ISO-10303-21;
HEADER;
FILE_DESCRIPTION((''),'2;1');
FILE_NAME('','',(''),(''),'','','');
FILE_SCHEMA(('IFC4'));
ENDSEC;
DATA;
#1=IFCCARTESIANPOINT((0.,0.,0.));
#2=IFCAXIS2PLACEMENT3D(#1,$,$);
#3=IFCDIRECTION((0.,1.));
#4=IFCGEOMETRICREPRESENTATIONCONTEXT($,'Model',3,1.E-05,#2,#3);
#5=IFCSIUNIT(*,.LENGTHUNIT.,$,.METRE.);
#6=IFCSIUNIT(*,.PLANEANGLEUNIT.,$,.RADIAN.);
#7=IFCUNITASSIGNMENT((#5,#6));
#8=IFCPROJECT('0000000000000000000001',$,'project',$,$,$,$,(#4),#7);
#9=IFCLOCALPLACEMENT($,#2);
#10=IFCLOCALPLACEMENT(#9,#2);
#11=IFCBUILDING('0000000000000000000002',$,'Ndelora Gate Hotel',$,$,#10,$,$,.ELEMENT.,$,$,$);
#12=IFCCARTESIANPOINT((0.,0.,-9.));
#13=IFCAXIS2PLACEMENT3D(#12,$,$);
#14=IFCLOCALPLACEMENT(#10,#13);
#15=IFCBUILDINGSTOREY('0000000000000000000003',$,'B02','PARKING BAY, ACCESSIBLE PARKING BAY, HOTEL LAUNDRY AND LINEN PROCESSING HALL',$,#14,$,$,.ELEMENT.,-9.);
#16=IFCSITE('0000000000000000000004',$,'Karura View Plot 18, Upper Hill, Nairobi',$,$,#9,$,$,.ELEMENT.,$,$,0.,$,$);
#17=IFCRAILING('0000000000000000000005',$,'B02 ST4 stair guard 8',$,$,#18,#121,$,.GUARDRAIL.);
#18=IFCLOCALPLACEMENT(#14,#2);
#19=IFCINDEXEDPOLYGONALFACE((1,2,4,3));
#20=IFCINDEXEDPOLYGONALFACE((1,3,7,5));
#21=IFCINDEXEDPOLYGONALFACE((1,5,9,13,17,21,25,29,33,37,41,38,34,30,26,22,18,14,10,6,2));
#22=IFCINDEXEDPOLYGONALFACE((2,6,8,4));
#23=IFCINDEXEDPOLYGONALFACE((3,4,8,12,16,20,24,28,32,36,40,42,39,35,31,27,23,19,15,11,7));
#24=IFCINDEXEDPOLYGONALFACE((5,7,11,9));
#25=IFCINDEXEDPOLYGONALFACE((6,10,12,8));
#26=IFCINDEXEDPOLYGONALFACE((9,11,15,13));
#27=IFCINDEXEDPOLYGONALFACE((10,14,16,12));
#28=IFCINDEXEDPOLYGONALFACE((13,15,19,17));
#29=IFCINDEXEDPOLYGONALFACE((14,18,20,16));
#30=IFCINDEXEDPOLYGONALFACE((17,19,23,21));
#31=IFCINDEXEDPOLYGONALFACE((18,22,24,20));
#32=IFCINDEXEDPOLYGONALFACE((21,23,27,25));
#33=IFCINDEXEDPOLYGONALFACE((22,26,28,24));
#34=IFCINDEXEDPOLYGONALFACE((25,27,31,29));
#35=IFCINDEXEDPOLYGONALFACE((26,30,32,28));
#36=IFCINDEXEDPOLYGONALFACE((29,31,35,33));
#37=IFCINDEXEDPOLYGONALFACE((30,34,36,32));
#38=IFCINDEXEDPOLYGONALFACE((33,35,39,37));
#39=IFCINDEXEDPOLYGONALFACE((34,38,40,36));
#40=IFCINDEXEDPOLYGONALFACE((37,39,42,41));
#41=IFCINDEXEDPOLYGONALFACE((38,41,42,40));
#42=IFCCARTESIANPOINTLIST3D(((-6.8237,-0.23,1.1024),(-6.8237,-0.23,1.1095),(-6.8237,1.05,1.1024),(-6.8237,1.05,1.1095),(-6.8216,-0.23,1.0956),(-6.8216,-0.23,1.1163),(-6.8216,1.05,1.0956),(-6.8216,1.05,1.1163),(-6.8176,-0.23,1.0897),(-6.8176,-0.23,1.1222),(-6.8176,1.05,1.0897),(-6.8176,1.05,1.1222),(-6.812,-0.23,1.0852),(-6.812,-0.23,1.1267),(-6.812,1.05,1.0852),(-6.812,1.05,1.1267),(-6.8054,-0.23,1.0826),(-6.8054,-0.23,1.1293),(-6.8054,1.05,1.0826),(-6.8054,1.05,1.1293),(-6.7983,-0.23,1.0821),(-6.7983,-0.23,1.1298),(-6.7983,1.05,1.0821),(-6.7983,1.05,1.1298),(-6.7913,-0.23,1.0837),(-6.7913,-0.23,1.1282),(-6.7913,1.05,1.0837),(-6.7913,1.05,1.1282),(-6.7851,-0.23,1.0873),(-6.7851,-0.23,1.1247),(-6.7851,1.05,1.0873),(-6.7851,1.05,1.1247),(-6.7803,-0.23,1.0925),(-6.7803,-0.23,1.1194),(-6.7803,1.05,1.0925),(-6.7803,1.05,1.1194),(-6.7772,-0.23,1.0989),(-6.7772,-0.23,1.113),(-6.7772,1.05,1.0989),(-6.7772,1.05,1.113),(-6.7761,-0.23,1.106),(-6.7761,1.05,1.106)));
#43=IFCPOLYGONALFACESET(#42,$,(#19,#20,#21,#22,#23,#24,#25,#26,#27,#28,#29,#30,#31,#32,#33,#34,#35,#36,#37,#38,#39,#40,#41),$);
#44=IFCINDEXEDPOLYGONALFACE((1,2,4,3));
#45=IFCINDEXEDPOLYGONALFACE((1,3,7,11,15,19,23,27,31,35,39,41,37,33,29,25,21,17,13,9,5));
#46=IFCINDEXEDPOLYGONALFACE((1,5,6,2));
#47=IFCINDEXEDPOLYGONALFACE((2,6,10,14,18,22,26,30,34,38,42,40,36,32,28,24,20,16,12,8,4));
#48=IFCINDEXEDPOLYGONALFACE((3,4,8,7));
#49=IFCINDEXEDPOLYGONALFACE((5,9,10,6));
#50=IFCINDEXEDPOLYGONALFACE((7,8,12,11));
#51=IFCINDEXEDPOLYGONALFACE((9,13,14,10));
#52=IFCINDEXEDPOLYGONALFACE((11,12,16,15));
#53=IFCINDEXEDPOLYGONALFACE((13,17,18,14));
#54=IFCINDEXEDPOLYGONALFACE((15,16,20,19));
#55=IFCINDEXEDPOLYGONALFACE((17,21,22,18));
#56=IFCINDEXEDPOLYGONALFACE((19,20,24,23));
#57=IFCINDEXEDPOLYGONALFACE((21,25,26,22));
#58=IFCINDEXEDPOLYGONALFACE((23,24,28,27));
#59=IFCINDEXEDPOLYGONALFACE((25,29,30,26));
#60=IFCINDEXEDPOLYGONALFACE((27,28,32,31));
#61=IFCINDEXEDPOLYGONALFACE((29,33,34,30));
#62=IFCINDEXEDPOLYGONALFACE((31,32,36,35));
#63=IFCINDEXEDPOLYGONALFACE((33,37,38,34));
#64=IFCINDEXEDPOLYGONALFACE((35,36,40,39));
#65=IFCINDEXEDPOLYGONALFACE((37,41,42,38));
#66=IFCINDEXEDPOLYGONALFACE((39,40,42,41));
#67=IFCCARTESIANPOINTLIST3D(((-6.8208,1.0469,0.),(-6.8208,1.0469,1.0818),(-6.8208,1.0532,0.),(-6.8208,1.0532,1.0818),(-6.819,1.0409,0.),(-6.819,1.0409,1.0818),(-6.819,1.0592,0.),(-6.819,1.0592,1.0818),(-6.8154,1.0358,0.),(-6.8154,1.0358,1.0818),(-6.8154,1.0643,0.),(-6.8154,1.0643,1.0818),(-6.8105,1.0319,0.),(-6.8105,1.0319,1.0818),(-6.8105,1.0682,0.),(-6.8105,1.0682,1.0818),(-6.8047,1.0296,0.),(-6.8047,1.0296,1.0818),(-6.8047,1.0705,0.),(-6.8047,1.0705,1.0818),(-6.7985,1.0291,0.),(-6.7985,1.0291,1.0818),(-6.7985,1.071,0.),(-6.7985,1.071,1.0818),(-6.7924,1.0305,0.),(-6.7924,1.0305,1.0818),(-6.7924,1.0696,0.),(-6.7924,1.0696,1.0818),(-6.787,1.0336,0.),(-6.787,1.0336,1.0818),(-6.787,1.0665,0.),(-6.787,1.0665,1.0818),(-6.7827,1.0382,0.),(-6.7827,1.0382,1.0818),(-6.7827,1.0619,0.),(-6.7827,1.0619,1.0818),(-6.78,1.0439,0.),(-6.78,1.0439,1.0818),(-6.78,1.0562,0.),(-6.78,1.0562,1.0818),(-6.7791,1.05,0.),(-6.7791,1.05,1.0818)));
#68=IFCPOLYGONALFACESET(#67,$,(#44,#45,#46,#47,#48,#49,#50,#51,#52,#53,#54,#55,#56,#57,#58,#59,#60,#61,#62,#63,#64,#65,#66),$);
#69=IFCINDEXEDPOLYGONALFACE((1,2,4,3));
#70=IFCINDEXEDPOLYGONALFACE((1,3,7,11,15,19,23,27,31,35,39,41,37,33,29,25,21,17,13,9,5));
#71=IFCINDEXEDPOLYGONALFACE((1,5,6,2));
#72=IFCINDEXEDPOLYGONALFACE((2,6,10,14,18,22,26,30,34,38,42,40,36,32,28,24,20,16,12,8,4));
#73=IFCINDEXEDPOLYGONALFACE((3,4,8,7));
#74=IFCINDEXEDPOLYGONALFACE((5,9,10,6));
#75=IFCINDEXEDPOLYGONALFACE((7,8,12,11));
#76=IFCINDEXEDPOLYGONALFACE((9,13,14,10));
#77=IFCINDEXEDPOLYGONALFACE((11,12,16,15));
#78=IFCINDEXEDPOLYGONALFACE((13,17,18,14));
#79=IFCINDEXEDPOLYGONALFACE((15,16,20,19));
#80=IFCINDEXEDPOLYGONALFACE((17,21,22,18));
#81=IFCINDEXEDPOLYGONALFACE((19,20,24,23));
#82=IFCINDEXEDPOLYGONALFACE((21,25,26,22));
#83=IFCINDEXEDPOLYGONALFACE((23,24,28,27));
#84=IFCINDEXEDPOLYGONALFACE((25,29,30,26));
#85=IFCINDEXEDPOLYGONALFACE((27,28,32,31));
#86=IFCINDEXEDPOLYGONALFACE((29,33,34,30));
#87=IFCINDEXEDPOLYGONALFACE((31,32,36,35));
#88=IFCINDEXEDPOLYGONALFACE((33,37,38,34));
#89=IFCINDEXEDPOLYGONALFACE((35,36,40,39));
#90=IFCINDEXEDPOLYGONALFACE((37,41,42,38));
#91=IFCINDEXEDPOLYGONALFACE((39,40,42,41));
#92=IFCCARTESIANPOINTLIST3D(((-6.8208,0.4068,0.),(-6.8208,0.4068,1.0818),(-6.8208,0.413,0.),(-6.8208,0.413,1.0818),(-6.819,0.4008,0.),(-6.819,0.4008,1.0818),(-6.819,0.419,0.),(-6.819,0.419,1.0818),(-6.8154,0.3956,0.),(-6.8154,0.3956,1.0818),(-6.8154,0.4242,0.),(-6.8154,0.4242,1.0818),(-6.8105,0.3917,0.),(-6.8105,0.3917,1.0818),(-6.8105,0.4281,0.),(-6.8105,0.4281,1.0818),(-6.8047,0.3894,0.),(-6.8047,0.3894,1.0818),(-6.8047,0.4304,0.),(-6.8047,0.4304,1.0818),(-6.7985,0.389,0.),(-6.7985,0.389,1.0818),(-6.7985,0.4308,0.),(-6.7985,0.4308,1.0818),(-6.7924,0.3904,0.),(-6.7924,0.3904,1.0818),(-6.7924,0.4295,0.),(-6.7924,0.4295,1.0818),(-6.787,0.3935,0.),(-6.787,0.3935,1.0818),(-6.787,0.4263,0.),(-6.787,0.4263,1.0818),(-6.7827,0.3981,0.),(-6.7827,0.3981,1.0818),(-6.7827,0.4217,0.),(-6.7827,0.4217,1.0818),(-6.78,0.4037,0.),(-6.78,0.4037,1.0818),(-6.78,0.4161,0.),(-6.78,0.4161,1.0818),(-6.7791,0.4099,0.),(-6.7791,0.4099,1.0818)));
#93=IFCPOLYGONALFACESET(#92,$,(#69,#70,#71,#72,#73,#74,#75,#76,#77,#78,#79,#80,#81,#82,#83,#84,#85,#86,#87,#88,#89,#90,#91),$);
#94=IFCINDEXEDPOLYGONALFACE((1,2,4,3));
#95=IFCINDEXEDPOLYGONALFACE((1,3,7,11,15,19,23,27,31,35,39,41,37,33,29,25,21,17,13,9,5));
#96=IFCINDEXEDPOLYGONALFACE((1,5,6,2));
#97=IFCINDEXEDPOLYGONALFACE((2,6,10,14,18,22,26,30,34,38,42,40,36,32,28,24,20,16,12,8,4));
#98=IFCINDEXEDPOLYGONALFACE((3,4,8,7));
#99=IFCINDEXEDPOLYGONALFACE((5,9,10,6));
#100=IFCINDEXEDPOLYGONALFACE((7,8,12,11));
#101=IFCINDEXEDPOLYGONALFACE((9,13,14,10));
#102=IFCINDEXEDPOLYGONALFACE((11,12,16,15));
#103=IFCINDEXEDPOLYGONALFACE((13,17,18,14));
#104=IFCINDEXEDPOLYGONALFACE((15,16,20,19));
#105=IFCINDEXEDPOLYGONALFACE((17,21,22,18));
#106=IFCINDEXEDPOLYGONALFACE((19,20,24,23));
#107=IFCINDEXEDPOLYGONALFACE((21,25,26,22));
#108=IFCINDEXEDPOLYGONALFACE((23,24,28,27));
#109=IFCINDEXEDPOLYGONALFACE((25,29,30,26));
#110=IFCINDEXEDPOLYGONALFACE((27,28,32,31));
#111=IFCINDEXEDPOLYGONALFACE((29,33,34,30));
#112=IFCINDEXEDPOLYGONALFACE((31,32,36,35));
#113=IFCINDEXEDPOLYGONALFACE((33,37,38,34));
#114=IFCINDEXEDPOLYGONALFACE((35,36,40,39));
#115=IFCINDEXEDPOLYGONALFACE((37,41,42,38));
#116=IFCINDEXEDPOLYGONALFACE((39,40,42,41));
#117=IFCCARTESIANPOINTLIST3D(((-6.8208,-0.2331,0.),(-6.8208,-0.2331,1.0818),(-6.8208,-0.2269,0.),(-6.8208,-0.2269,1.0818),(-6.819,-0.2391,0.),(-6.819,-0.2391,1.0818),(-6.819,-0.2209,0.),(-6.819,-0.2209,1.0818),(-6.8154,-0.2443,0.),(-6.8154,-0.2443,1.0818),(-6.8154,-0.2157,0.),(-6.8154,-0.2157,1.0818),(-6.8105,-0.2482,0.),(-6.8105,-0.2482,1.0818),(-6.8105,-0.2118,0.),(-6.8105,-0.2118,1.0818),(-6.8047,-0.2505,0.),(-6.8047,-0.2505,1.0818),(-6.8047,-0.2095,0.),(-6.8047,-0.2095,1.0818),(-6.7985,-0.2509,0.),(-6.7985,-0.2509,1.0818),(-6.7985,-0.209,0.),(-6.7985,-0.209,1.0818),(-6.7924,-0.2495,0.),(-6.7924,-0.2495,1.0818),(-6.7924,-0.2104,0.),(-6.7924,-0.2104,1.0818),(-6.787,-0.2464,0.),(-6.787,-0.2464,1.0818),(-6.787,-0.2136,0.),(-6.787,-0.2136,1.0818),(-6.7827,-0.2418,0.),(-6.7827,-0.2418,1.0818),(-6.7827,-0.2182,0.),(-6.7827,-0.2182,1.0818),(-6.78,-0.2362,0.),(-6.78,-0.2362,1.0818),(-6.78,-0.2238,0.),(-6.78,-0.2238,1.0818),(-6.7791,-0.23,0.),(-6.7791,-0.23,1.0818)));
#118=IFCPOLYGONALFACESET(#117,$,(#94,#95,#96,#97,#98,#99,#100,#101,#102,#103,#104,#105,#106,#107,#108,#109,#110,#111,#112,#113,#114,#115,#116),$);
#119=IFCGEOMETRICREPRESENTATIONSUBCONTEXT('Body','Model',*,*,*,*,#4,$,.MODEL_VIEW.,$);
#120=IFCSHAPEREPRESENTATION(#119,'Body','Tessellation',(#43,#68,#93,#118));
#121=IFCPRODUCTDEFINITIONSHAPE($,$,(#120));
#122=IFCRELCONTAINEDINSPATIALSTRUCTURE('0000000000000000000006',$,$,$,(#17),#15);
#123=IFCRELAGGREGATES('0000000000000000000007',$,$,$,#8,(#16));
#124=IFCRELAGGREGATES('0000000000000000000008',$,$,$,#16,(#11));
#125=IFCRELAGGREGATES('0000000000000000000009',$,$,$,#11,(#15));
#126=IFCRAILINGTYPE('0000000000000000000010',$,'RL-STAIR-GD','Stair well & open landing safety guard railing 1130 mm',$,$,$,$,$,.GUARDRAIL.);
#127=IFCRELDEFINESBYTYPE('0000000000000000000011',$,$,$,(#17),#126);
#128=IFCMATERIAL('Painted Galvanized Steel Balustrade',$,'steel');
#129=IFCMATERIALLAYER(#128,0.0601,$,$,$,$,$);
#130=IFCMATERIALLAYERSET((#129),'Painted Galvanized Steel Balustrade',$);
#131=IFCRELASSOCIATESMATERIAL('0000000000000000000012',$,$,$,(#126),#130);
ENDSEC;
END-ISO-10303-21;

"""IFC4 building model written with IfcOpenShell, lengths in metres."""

from ifc_helpers import new_model, si_unit, direction, frame, origin, origin_2d, place, context, subcontext, project, spatial, circle, extrude, material, layer, layer_set, type_object, element, save


model = new_model("IFC4")

# Units and contexts
model_context = context("Model", 3, precision=1e-05, world=origin(), true_north=direction((0.0, 1.0)))
body_context = subcontext(model_context, "Body", "Model", "MODEL_VIEW")
ifc_project = project(units=[si_unit("LENGTHUNIT", "METRE"), si_unit("PLANEANGLEUNIT", "RADIAN")], contexts=[model_context])

# Site, building, storey
site_placement = place(None, origin())
site = spatial("IfcSite", under=ifc_project, at=site_placement, Name="Karura View Plot 18, Upper Hill, Nairobi", CompositionType="ELEMENT", RefElevation=0.0)
building_placement = place(site_placement, origin())
building = spatial("IfcBuilding", under=site, at=building_placement, Name="Ndelora Gate Hotel", CompositionType="ELEMENT")
storey_placement = place(building_placement, frame((0.0, 0.0, -9.0)))
storey = spatial("IfcBuildingStorey", under=building, at=storey_placement, Name="B02", Description="PARKING BAY, ACCESSIBLE PARKING BAY, HOTEL LAUNDRY AND LINEN PROCESSING HALL", CompositionType="ELEMENT", Elevation=-9.0)

# Railing
ifc_material_1 = material(Name="Painted Galvanized Steel Balustrade", Category="steel")
ifc_layer_1 = layer(ifc_material_1, 0.0601)
ifc_layer_set_1 = layer_set([ifc_layer_1], Name="Painted Galvanized Steel Balustrade")
railing_type = type_object("IfcRailingType", Name="RL-STAIR-GD", Description="Stair well & open landing safety guard railing 1130 mm", PredefinedType="GUARDRAIL", material=ifc_layer_set_1)
for number, where, name in (
    (1, (-6.8, 1.05, 0.0), "B02 ST4 stair guard 8"),
):
    element("IfcRailing", number, at=place(storey_placement, frame(where)), inside=storey, type_object=railing_type, Name=name, PredefinedType="GUARDRAIL", context=body_context, shape_type="SweptSolid", body=[
        extrude(circle(Radius=0.0239, at=origin_2d()), frame((0.0, 0.0, 1.106), z_axis=(0.0, -1.0, 0.0), x_axis=(1.0, 0.0, 0.0)), (0.0, 0.0, 1.0), 1.28),
        extrude(circle(Radius=0.021, at=origin_2d()), origin(), (0.0, 0.0, 1.0), 1.0818),
        extrude(circle(Radius=0.021, at=origin_2d()), frame((0.0, -0.6401, 0.0)), (0.0, 0.0, 1.0), 1.0818),
        extrude(circle(Radius=0.021, at=origin_2d()), frame((0.0, -1.28, 0.0)), (0.0, 0.0, 1.0), 1.0818),
    ])

save(model, "model.ifc")
